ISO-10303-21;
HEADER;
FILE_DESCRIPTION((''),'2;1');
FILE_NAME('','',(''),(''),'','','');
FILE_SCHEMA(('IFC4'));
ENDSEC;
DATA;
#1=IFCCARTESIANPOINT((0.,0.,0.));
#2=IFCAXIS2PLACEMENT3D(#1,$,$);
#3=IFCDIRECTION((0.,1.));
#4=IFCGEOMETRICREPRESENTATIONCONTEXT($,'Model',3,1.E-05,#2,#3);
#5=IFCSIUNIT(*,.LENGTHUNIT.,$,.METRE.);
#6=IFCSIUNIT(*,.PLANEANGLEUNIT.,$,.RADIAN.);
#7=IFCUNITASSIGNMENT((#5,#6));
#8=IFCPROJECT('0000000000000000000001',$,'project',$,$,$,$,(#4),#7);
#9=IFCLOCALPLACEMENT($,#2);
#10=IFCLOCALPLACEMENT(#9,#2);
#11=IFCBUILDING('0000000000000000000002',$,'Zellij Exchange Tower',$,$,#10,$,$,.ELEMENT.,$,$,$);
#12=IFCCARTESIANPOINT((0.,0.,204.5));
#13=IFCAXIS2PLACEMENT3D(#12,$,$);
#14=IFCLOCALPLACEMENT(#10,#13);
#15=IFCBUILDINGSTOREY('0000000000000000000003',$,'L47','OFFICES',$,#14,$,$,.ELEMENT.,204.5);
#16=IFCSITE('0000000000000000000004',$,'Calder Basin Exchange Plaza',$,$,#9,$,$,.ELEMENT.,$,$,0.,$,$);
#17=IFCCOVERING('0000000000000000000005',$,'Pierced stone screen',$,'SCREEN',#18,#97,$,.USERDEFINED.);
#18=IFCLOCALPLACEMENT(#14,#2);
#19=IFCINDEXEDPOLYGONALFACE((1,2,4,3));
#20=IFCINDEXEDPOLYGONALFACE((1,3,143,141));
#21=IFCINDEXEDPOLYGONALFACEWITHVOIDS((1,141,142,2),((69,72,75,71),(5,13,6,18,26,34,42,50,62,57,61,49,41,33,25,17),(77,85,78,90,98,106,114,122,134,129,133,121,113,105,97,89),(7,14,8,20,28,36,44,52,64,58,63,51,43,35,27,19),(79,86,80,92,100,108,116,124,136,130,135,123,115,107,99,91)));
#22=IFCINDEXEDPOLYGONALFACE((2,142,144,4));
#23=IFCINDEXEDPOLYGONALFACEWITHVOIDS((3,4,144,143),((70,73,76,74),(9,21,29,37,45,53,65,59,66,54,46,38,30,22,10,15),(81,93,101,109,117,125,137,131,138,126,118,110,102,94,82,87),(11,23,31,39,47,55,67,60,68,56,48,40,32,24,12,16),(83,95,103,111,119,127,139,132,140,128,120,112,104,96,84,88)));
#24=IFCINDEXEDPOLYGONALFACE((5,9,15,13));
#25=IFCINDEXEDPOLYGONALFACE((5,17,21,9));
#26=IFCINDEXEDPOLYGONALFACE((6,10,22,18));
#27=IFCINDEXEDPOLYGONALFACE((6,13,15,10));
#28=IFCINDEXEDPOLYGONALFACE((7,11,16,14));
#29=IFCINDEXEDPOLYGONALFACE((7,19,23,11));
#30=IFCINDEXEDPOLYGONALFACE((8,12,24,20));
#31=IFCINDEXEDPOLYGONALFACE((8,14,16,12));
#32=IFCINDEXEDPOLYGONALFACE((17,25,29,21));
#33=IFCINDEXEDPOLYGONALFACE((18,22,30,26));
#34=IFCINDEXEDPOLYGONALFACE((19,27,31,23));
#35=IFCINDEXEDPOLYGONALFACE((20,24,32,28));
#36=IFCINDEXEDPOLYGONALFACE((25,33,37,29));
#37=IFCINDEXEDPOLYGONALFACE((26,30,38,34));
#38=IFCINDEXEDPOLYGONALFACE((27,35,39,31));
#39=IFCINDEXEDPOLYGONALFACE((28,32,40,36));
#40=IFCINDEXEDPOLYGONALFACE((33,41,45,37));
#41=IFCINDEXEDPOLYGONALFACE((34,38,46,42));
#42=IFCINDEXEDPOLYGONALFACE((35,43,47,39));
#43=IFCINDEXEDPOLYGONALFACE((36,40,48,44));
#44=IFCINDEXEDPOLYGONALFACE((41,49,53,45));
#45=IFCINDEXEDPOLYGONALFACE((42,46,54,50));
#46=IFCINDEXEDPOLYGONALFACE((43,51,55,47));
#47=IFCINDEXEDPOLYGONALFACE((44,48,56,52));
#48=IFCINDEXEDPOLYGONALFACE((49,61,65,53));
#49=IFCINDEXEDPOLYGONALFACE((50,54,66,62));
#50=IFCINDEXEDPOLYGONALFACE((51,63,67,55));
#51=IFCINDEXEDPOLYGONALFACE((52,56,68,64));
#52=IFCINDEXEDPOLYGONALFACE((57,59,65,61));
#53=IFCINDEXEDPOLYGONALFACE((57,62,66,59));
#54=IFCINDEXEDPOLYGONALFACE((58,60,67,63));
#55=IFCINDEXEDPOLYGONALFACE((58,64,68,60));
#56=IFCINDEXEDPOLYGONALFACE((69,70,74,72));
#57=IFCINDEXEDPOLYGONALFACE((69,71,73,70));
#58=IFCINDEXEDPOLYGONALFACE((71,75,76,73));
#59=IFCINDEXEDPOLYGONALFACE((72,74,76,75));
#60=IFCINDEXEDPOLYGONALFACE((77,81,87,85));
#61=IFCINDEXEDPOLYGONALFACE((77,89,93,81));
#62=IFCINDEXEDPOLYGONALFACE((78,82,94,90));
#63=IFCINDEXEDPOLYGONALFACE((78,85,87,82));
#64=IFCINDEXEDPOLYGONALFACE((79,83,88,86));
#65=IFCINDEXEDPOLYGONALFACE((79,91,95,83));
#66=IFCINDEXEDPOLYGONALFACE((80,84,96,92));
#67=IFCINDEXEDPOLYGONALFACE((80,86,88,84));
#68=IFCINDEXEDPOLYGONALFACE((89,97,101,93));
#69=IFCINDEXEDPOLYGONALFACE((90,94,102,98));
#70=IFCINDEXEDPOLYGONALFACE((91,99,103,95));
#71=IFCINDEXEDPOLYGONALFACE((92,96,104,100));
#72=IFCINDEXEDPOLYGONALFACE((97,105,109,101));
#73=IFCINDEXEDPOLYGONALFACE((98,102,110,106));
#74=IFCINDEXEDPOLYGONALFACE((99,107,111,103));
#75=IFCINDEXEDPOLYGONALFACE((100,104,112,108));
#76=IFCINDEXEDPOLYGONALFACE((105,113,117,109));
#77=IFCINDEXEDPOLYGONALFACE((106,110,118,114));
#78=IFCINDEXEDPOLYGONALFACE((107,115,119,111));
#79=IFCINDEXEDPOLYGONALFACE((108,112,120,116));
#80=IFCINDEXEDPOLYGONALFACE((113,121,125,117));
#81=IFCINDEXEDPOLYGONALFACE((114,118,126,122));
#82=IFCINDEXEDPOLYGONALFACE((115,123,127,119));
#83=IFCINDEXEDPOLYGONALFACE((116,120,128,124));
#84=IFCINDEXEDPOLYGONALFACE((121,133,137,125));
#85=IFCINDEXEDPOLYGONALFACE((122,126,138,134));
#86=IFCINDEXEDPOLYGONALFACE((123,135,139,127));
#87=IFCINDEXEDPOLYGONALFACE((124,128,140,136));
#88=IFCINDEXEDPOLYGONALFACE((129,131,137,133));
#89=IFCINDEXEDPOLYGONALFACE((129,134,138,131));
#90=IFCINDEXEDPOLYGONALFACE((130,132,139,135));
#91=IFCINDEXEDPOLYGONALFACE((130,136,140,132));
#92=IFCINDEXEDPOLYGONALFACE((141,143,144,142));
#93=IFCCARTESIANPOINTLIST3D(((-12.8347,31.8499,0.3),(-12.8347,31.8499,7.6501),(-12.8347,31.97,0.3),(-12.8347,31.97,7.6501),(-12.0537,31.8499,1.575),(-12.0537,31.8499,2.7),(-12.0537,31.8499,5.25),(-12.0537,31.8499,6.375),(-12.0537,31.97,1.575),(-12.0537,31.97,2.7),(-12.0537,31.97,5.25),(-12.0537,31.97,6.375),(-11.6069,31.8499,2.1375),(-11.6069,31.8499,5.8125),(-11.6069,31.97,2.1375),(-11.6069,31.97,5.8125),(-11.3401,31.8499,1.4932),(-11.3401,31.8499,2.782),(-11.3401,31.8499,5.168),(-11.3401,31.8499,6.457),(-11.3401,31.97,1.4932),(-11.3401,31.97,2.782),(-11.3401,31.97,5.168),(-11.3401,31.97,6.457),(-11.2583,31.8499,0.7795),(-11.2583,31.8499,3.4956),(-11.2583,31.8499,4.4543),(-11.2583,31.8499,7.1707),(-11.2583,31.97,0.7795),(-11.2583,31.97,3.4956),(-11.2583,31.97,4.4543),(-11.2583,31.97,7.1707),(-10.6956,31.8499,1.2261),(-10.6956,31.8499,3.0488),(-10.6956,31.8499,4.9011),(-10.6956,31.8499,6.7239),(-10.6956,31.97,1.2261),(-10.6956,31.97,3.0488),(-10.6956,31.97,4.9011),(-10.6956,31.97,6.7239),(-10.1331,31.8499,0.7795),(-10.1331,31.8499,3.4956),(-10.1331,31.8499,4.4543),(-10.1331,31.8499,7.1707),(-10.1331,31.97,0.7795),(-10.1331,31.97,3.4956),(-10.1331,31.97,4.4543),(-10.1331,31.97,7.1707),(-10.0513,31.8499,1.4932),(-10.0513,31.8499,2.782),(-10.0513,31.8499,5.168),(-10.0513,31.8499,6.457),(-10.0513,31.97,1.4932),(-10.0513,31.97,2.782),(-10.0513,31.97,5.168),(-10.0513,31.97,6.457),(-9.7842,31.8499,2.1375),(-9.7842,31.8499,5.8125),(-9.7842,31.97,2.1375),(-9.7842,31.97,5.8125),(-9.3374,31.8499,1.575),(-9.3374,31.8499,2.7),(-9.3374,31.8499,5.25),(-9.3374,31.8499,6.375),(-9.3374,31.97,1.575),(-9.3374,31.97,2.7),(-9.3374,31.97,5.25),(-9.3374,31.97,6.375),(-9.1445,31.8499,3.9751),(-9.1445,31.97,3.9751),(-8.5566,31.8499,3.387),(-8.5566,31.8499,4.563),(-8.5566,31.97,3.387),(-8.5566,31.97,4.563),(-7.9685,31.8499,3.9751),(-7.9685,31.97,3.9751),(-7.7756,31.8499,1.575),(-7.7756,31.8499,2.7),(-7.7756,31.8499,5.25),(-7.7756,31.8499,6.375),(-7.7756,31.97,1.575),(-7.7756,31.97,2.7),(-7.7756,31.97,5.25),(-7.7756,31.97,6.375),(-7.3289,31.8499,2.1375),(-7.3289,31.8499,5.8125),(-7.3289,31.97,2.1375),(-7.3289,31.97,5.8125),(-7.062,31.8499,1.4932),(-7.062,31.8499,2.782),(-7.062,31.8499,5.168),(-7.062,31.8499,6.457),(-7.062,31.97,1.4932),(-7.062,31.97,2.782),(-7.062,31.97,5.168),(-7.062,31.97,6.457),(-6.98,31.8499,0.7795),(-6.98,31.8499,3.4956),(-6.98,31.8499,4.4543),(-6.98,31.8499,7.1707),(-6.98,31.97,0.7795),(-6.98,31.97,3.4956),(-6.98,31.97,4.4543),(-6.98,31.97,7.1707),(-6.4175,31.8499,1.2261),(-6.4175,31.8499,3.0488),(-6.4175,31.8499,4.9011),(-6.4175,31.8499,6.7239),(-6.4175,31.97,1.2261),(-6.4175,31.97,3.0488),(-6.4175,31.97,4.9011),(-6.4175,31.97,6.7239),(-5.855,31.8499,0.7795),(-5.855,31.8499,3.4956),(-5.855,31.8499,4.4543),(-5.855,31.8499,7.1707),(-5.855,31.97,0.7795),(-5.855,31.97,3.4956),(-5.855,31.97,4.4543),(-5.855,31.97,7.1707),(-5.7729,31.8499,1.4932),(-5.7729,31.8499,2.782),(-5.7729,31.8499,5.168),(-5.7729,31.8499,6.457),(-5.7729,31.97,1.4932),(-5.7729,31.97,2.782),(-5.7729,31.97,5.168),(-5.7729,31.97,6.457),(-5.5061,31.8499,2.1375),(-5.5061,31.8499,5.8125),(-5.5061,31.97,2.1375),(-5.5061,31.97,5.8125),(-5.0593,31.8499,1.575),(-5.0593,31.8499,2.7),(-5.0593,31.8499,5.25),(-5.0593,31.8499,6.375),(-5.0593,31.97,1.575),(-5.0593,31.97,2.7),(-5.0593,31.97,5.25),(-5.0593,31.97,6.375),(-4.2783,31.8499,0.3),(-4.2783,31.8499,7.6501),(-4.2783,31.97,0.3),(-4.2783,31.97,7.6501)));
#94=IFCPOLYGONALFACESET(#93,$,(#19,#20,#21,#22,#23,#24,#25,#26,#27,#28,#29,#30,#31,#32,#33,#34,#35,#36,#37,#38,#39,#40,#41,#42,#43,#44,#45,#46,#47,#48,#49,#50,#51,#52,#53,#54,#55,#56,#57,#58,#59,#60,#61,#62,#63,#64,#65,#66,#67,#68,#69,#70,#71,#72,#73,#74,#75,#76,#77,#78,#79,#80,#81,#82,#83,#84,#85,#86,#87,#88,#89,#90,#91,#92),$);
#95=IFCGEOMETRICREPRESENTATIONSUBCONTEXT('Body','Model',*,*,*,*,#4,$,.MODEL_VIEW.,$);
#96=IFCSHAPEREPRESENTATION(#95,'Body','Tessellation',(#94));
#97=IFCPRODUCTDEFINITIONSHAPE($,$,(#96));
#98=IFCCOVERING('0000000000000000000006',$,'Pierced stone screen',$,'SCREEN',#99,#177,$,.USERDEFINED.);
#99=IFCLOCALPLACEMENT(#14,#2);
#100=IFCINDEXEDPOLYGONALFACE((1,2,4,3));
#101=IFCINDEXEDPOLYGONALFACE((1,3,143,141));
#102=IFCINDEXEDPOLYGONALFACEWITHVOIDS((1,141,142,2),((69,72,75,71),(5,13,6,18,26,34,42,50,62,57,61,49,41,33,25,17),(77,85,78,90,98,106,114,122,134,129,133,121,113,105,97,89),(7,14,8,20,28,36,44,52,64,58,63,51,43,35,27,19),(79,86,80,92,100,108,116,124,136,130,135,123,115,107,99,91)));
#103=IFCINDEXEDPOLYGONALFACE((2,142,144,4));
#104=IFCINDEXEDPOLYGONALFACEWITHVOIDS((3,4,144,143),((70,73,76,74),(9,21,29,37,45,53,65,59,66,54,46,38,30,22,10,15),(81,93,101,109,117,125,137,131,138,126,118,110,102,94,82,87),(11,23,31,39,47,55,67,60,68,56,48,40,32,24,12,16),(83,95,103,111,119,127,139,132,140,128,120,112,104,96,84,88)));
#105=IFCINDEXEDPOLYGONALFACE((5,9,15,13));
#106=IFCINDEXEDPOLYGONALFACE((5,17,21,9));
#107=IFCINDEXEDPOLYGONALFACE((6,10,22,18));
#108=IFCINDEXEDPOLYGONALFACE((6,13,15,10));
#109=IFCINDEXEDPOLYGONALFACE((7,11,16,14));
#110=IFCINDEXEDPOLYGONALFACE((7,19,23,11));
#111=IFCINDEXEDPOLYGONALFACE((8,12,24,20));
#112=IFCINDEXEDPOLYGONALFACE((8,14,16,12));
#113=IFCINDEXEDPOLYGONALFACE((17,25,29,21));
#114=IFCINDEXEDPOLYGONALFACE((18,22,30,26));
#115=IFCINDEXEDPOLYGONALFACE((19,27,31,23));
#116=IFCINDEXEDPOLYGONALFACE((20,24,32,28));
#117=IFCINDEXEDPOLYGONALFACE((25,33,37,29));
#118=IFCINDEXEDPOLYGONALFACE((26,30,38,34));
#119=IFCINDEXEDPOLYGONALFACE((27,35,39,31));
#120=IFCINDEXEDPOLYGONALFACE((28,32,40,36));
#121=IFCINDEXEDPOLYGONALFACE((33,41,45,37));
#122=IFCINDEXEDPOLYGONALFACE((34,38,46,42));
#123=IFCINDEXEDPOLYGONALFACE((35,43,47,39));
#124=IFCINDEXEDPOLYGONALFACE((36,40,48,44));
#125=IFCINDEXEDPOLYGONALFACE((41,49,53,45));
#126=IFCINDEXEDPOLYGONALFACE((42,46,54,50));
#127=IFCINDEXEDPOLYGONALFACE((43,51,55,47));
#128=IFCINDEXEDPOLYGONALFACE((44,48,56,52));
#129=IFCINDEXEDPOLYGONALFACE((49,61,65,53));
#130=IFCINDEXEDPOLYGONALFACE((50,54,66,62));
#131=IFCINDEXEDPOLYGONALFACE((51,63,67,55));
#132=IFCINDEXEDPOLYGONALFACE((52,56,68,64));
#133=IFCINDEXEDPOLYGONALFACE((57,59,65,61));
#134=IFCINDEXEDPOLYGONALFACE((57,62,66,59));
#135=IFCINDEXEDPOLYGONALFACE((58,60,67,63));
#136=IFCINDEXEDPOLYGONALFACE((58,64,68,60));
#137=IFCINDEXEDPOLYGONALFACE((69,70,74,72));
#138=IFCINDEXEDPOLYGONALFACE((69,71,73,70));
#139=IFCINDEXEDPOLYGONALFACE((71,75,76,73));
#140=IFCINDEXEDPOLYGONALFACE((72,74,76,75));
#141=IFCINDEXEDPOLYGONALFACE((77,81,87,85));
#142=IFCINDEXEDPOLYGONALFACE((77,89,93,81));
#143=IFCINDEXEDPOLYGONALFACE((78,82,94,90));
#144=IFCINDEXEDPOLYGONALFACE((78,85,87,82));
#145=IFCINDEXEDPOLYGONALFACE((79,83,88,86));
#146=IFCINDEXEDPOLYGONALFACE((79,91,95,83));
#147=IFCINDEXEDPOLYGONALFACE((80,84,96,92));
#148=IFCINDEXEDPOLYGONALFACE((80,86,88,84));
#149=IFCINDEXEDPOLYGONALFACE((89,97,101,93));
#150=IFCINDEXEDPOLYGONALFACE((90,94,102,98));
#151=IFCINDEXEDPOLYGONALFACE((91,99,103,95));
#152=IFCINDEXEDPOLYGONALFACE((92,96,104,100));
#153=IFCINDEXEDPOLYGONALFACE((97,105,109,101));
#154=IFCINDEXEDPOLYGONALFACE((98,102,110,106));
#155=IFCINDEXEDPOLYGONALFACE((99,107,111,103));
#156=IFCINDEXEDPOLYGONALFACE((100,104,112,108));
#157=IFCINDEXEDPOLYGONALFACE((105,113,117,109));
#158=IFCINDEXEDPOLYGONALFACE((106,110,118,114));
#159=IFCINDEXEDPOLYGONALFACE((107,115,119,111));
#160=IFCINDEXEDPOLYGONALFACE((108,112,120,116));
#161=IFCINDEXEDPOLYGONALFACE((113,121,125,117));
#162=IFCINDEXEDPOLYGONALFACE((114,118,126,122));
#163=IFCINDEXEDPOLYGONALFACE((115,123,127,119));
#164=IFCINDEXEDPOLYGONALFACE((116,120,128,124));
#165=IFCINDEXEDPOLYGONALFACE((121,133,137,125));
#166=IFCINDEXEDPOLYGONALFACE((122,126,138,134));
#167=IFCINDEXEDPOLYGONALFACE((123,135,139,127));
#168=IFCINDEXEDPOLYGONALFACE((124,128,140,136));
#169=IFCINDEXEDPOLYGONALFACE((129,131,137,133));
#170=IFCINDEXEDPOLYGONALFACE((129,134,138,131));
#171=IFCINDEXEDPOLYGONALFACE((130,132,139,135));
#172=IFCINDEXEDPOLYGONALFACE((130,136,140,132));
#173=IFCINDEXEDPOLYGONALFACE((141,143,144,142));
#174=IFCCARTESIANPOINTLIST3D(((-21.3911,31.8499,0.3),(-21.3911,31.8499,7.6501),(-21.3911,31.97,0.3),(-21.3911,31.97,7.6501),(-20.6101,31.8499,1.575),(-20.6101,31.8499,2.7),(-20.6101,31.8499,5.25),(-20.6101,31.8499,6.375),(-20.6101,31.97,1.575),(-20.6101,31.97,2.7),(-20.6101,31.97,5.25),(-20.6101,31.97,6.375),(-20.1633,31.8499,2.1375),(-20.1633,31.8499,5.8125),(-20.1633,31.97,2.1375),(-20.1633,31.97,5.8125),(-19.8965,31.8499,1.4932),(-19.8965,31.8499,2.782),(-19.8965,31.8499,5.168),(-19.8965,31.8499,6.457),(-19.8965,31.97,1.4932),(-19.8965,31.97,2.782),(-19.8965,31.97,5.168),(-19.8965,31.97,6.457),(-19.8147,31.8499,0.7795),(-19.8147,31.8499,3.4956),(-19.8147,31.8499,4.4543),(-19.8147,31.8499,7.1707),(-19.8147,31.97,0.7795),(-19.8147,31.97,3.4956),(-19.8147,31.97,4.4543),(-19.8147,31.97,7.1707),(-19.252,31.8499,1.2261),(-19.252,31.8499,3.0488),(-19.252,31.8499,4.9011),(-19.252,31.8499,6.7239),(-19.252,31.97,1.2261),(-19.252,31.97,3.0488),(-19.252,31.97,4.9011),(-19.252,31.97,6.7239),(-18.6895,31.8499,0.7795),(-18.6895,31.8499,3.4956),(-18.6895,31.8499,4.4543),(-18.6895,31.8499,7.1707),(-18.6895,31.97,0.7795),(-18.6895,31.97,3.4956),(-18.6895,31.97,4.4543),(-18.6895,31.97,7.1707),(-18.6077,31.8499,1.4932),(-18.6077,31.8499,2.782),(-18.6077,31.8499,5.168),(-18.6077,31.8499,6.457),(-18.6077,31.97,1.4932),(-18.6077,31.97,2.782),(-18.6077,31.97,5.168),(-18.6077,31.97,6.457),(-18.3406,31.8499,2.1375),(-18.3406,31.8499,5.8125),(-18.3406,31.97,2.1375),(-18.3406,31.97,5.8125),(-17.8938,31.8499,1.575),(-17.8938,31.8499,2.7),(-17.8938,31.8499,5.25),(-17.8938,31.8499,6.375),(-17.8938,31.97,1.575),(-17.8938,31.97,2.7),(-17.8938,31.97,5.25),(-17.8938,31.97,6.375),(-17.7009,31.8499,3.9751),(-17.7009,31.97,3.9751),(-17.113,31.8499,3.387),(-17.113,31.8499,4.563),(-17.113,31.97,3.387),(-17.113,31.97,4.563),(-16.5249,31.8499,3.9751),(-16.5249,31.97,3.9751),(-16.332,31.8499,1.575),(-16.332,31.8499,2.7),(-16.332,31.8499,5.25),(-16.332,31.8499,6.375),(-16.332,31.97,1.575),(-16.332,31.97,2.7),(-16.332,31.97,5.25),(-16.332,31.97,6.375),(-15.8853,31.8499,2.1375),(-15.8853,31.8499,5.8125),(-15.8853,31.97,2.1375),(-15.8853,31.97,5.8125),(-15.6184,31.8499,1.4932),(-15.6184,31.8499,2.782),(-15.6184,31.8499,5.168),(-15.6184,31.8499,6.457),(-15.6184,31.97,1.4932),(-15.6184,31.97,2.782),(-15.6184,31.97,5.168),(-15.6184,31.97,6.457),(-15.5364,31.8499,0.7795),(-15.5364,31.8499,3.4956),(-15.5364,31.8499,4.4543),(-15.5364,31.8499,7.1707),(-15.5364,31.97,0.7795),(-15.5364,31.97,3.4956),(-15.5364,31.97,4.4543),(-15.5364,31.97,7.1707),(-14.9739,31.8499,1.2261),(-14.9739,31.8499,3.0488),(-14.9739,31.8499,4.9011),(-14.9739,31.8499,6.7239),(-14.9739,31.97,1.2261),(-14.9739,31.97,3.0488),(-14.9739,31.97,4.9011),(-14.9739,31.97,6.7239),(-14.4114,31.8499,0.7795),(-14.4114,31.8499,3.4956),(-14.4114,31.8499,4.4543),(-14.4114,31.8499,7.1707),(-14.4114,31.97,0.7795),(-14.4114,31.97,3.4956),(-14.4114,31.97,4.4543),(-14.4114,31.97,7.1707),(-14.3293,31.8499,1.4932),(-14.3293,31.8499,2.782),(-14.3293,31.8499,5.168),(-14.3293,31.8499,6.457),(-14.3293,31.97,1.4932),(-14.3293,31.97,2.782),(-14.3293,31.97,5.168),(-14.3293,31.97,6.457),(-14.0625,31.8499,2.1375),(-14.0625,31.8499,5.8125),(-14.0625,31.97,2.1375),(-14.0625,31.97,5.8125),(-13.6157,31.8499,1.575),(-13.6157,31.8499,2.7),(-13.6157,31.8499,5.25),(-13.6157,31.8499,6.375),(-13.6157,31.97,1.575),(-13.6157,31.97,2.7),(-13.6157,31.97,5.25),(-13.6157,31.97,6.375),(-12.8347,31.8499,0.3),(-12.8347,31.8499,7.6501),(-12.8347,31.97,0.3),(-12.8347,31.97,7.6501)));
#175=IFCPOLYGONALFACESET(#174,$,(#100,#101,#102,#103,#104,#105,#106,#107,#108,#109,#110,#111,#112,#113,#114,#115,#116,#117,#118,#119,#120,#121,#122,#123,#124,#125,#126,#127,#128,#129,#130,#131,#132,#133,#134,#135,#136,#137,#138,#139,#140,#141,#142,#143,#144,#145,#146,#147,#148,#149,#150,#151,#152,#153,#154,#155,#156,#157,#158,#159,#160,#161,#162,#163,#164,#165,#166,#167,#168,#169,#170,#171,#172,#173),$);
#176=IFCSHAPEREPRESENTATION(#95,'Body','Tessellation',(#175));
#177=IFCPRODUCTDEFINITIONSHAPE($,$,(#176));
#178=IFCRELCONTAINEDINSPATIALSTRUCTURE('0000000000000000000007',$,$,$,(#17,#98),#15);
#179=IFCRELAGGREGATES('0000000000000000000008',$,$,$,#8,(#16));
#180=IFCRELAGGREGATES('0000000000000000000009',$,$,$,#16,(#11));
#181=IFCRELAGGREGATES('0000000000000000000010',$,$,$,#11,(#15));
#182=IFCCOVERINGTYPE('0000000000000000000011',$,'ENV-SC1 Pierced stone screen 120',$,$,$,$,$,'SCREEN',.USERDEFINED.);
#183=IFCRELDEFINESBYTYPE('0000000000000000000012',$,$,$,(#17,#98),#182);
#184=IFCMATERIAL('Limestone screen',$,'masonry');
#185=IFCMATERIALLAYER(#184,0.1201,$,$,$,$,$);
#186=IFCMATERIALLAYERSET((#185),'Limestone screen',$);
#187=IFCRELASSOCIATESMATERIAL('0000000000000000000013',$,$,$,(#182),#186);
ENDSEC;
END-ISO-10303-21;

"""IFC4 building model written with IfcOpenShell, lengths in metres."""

from ifc_helpers import new_model, si_unit, direction, frame, origin, place, context, subcontext, project, spatial, polyline, outline, extrude, material, layer, layer_set, type_object, element, save


model = new_model("IFC4")

# Units and contexts
model_context = context("Model", 3, precision=1e-05, world=origin(), true_north=direction((0.0, 1.0)))
body_context = subcontext(model_context, "Body", "Model", "MODEL_VIEW")
ifc_project = project(units=[si_unit("LENGTHUNIT", "METRE"), si_unit("PLANEANGLEUNIT", "RADIAN")], contexts=[model_context])

# Site, building, storey
site_placement = place(None, origin())
site = spatial("IfcSite", under=ifc_project, at=site_placement, Name="Calder Basin Exchange Plaza", CompositionType="ELEMENT", RefElevation=0.0)
building_placement = place(site_placement, origin())
building = spatial("IfcBuilding", under=site, at=building_placement, Name="Zellij Exchange Tower", CompositionType="ELEMENT")
storey_placement = place(building_placement, frame((0.0, 0.0, 204.5)))
storey = spatial("IfcBuildingStorey", under=building, at=storey_placement, Name="L47", Description="OFFICES", CompositionType="ELEMENT", Elevation=204.5)

# Coverings
ifc_material_1 = material(Name="Limestone screen", Category="masonry")
ifc_layer_1 = layer(ifc_material_1, 0.1201)
ifc_layer_set_1 = layer_set([ifc_layer_1], Name="Limestone screen")
covering_type = type_object("IfcCoveringType", Name="ENV-SC1 Pierced stone screen 120", ElementType="SCREEN", PredefinedType="USERDEFINED", material=ifc_layer_set_1)
covering_1_placement = place(storey_placement, frame((-4.2783, 31.9099, 0.3), z_axis=(0.0, 0.0, 1.0), x_axis=(-1.0, 0.0, 0.0)))
element("IfcCovering", 1, at=covering_1_placement, inside=storey, type_object=covering_type, Name="Pierced stone screen", ObjectType="SCREEN", PredefinedType="USERDEFINED", context=body_context, shape_type="SweptSolid", body=[
    extrude(outline(polyline([(0.0, 0.0), (8.5564, 0.0), (8.5564, 7.3501), (0.0, 7.3501), (0.0, 0.0)]), holes=[polyline([(3.4973, 2.3999), (2.7837, 2.4819), (2.7017, 3.1956), (2.1392, 2.7488), (1.5767, 3.1956), (1.4946, 2.4819), (0.781, 2.3999), (1.2278, 1.8374), (0.781, 1.2749), (1.4946, 1.1931), (1.5767, 0.4795), (2.1392, 0.926), (2.7017, 0.4795), (2.7837, 1.1931), (3.4973, 1.2749), (3.0505, 1.8374), (3.4973, 2.3999)]), polyline([(3.4973, 6.075), (2.7837, 6.157), (2.7017, 6.8706), (2.1392, 6.4238), (1.5767, 6.8706), (1.4946, 6.157), (0.781, 6.075), (1.2278, 5.5125), (0.781, 4.95), (1.4946, 4.8679), (1.5767, 4.1543), (2.1392, 4.6011), (2.7017, 4.1543), (2.7837, 4.8679), (3.4973, 4.95), (3.0505, 5.5125), (3.4973, 6.075)]), polyline([(7.7754, 2.3999), (7.0618, 2.4819), (6.98, 3.1956), (6.4172, 2.7488), (5.8547, 3.1956), (5.7729, 2.4819), (5.0591, 2.3999), (5.5059, 1.8374), (5.0591, 1.2749), (5.7729, 1.1931), (5.8547, 0.4795), (6.4172, 0.926), (6.98, 0.4795), (7.0618, 1.1931), (7.7754, 1.2749), (7.3286, 1.8374), (7.7754, 2.3999)]), polyline([(7.7754, 6.075), (7.0618, 6.157), (6.98, 6.8706), (6.4172, 6.4238), (5.8547, 6.8706), (5.7729, 6.157), (5.0591, 6.075), (5.5059, 5.5125), (5.0591, 4.95), (5.7729, 4.8679), (5.8547, 4.1543), (6.4172, 4.6011), (6.98, 4.1543), (7.0618, 4.8679), (7.7754, 4.95), (7.3286, 5.5125), (7.7754, 6.075)]), polyline([(4.8662, 3.675), (4.2783, 4.2629), (3.6902, 3.675), (4.2783, 3.0869), (4.8662, 3.675)])]), frame((0.0, 0.0601, 0.0), z_axis=(0.0, -1.0, 0.0), x_axis=(1.0, 0.0, 0.0)), (0.0, 0.0, 1.0), 0.1201),
])
covering_2_placement = place(storey_placement, frame((-12.8347, 31.9099, 0.3), z_axis=(0.0, 0.0, 1.0), x_axis=(-1.0, 0.0, 0.0)))
element("IfcCovering", 2, at=covering_2_placement, inside=storey, type_object=covering_type, Name="Pierced stone screen", ObjectType="SCREEN", PredefinedType="USERDEFINED", context=body_context, shape_type="SweptSolid", body=[
    extrude(outline(polyline([(0.0, 0.0), (8.5564, 0.0), (8.5564, 7.3501), (0.0, 7.3501), (0.0, 0.0)]), holes=[polyline([(3.4973, 2.3999), (2.7837, 2.4819), (2.7017, 3.1956), (2.1392, 2.7488), (1.5767, 3.1956), (1.4946, 2.4819), (0.781, 2.3999), (1.2278, 1.8374), (0.781, 1.2749), (1.4946, 1.1931), (1.5767, 0.4795), (2.1392, 0.926), (2.7017, 0.4795), (2.7837, 1.1931), (3.4973, 1.2749), (3.0505, 1.8374), (3.4973, 2.3999)]), polyline([(3.4973, 6.075), (2.7837, 6.157), (2.7017, 6.8706), (2.1392, 6.4238), (1.5767, 6.8706), (1.4946, 6.157), (0.781, 6.075), (1.2278, 5.5125), (0.781, 4.95), (1.4946, 4.8679), (1.5767, 4.1543), (2.1392, 4.6011), (2.7017, 4.1543), (2.7837, 4.8679), (3.4973, 4.95), (3.0505, 5.5125), (3.4973, 6.075)]), polyline([(7.7754, 2.3999), (7.0618, 2.4819), (6.98, 3.1956), (6.4172, 2.7488), (5.8547, 3.1956), (5.7729, 2.4819), (5.0591, 2.3999), (5.5059, 1.8374), (5.0591, 1.2749), (5.7729, 1.1931), (5.8547, 0.4795), (6.4172, 0.926), (6.98, 0.4795), (7.0618, 1.1931), (7.7754, 1.2749), (7.3286, 1.8374), (7.7754, 2.3999)]), polyline([(7.7754, 6.075), (7.0618, 6.157), (6.98, 6.8706), (6.4172, 6.4238), (5.8547, 6.8706), (5.7729, 6.157), (5.0591, 6.075), (5.5059, 5.5125), (5.0591, 4.95), (5.7729, 4.8679), (5.8547, 4.1543), (6.4172, 4.6011), (6.98, 4.1543), (7.0618, 4.8679), (7.7754, 4.95), (7.3286, 5.5125), (7.7754, 6.075)]), polyline([(4.8662, 3.675), (4.2783, 4.2629), (3.6902, 3.675), (4.2783, 3.0869), (4.8662, 3.675)])]), frame((0.0, 0.0601, 0.0), z_axis=(0.0, -1.0, 0.0), x_axis=(1.0, 0.0, 0.0)), (0.0, 0.0, 1.0), 0.1201),
])

save(model, "model.ifc")
